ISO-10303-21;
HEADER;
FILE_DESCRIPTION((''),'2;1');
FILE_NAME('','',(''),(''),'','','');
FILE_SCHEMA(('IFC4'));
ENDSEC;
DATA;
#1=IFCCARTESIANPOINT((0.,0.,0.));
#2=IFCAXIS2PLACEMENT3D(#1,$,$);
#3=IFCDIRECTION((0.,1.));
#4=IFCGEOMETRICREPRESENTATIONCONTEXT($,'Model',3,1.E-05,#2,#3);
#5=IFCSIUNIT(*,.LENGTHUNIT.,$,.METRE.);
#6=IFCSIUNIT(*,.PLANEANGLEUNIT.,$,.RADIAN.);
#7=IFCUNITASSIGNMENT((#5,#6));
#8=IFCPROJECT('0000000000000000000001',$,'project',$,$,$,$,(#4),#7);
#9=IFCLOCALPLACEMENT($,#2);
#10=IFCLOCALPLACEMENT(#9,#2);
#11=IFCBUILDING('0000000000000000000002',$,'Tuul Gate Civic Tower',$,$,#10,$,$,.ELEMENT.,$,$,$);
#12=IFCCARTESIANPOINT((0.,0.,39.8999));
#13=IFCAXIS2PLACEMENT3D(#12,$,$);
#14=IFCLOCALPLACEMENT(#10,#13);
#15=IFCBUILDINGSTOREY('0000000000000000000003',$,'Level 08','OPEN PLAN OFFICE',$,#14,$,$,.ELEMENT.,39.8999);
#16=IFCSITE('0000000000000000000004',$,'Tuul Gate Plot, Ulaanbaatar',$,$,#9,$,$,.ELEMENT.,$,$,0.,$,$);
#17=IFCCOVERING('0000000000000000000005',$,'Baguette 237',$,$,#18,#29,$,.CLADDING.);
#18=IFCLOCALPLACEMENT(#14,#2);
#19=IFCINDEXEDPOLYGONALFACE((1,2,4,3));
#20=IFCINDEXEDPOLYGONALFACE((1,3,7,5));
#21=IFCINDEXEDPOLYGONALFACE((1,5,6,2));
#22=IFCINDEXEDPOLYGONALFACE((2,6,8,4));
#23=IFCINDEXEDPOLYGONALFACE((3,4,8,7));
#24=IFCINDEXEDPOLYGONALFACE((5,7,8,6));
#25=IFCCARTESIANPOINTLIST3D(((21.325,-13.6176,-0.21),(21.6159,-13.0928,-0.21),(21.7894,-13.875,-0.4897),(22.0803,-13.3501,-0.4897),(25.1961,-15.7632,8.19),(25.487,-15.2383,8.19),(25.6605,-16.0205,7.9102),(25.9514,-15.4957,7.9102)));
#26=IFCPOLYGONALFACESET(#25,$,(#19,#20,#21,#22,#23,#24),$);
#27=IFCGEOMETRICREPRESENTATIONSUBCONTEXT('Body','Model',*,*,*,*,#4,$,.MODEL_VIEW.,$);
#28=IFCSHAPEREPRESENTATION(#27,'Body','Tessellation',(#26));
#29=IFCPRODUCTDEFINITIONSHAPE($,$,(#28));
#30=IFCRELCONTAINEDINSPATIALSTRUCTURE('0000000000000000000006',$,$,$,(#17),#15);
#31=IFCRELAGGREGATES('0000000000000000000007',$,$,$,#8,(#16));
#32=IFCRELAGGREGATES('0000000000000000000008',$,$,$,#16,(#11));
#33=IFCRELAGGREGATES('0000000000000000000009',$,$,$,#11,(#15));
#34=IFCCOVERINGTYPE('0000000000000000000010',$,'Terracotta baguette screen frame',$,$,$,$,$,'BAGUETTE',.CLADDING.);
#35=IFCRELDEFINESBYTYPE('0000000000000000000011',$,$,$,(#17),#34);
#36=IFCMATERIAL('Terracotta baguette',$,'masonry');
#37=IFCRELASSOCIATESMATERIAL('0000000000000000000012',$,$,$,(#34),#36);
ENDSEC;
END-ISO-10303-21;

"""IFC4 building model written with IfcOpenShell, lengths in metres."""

from ifc_helpers import new_model, si_unit, direction, frame, origin, origin_2d, place, context, subcontext, project, spatial, rectangle, extrude, material, material_profile, profile_set, type_object, element, save


model = new_model("IFC4")

# Units and contexts
model_context = context("Model", 3, precision=1e-05, world=origin(), true_north=direction((0.0, 1.0)))
body_context = subcontext(model_context, "Body", "Model", "MODEL_VIEW")
ifc_project = project(units=[si_unit("LENGTHUNIT", "METRE"), si_unit("PLANEANGLEUNIT", "RADIAN")], contexts=[model_context])

# Site, building, storey
site_placement = place(None, origin())
site = spatial("IfcSite", under=ifc_project, at=site_placement, Name="Tuul Gate Plot, Ulaanbaatar", CompositionType="ELEMENT", RefElevation=0.0)
building_placement = place(site_placement, origin())
building = spatial("IfcBuilding", under=site, at=building_placement, Name="Tuul Gate Civic Tower", CompositionType="ELEMENT")
storey_placement = place(building_placement, frame((0.0, 0.0, 39.8999)))
storey = spatial("IfcBuildingStorey", under=building, at=storey_placement, Name="Level 08", Description="OPEN PLAN OFFICE", CompositionType="ELEMENT", Elevation=39.8999)

# Covering
ifc_material_1 = material(Name="Terracotta baguette", Category="masonry")
ifc_material_profile_1 = material_profile(ifc_material_1, rectangle(XDim=0.6001, YDim=0.6001, at=origin_2d()), Name="Terracotta baguette screen frame")
ifc_profile_set_1 = profile_set([ifc_material_profile_1], Name="Terracotta baguette")
covering_type = type_object("IfcCoveringType", Name="Terracotta baguette screen frame", ElementType="BAGUETTE", PredefinedType="CLADDING", material=ifc_profile_set_1)
for number, where, z_axis, x_axis, name in (
    (1, (21.7026, -13.4839, -0.3499), (0.407716, -0.225972, 0.884706), (0.484762, 0.874646, 0.0), "Baguette 237"),
):
    element("IfcCovering", number, at=place(storey_placement, frame(where, z_axis=z_axis, x_axis=x_axis)), inside=storey, type_object=covering_type, Name=name, PredefinedType="CLADDING", context=body_context, shape_type="SweptSolid", body=[
        extrude(rectangle(XDim=0.6001, YDim=0.6001, at=origin_2d()), origin(), (0.0, 0.0, 1.0), 9.4946),
    ])

save(model, "model.ifc")
